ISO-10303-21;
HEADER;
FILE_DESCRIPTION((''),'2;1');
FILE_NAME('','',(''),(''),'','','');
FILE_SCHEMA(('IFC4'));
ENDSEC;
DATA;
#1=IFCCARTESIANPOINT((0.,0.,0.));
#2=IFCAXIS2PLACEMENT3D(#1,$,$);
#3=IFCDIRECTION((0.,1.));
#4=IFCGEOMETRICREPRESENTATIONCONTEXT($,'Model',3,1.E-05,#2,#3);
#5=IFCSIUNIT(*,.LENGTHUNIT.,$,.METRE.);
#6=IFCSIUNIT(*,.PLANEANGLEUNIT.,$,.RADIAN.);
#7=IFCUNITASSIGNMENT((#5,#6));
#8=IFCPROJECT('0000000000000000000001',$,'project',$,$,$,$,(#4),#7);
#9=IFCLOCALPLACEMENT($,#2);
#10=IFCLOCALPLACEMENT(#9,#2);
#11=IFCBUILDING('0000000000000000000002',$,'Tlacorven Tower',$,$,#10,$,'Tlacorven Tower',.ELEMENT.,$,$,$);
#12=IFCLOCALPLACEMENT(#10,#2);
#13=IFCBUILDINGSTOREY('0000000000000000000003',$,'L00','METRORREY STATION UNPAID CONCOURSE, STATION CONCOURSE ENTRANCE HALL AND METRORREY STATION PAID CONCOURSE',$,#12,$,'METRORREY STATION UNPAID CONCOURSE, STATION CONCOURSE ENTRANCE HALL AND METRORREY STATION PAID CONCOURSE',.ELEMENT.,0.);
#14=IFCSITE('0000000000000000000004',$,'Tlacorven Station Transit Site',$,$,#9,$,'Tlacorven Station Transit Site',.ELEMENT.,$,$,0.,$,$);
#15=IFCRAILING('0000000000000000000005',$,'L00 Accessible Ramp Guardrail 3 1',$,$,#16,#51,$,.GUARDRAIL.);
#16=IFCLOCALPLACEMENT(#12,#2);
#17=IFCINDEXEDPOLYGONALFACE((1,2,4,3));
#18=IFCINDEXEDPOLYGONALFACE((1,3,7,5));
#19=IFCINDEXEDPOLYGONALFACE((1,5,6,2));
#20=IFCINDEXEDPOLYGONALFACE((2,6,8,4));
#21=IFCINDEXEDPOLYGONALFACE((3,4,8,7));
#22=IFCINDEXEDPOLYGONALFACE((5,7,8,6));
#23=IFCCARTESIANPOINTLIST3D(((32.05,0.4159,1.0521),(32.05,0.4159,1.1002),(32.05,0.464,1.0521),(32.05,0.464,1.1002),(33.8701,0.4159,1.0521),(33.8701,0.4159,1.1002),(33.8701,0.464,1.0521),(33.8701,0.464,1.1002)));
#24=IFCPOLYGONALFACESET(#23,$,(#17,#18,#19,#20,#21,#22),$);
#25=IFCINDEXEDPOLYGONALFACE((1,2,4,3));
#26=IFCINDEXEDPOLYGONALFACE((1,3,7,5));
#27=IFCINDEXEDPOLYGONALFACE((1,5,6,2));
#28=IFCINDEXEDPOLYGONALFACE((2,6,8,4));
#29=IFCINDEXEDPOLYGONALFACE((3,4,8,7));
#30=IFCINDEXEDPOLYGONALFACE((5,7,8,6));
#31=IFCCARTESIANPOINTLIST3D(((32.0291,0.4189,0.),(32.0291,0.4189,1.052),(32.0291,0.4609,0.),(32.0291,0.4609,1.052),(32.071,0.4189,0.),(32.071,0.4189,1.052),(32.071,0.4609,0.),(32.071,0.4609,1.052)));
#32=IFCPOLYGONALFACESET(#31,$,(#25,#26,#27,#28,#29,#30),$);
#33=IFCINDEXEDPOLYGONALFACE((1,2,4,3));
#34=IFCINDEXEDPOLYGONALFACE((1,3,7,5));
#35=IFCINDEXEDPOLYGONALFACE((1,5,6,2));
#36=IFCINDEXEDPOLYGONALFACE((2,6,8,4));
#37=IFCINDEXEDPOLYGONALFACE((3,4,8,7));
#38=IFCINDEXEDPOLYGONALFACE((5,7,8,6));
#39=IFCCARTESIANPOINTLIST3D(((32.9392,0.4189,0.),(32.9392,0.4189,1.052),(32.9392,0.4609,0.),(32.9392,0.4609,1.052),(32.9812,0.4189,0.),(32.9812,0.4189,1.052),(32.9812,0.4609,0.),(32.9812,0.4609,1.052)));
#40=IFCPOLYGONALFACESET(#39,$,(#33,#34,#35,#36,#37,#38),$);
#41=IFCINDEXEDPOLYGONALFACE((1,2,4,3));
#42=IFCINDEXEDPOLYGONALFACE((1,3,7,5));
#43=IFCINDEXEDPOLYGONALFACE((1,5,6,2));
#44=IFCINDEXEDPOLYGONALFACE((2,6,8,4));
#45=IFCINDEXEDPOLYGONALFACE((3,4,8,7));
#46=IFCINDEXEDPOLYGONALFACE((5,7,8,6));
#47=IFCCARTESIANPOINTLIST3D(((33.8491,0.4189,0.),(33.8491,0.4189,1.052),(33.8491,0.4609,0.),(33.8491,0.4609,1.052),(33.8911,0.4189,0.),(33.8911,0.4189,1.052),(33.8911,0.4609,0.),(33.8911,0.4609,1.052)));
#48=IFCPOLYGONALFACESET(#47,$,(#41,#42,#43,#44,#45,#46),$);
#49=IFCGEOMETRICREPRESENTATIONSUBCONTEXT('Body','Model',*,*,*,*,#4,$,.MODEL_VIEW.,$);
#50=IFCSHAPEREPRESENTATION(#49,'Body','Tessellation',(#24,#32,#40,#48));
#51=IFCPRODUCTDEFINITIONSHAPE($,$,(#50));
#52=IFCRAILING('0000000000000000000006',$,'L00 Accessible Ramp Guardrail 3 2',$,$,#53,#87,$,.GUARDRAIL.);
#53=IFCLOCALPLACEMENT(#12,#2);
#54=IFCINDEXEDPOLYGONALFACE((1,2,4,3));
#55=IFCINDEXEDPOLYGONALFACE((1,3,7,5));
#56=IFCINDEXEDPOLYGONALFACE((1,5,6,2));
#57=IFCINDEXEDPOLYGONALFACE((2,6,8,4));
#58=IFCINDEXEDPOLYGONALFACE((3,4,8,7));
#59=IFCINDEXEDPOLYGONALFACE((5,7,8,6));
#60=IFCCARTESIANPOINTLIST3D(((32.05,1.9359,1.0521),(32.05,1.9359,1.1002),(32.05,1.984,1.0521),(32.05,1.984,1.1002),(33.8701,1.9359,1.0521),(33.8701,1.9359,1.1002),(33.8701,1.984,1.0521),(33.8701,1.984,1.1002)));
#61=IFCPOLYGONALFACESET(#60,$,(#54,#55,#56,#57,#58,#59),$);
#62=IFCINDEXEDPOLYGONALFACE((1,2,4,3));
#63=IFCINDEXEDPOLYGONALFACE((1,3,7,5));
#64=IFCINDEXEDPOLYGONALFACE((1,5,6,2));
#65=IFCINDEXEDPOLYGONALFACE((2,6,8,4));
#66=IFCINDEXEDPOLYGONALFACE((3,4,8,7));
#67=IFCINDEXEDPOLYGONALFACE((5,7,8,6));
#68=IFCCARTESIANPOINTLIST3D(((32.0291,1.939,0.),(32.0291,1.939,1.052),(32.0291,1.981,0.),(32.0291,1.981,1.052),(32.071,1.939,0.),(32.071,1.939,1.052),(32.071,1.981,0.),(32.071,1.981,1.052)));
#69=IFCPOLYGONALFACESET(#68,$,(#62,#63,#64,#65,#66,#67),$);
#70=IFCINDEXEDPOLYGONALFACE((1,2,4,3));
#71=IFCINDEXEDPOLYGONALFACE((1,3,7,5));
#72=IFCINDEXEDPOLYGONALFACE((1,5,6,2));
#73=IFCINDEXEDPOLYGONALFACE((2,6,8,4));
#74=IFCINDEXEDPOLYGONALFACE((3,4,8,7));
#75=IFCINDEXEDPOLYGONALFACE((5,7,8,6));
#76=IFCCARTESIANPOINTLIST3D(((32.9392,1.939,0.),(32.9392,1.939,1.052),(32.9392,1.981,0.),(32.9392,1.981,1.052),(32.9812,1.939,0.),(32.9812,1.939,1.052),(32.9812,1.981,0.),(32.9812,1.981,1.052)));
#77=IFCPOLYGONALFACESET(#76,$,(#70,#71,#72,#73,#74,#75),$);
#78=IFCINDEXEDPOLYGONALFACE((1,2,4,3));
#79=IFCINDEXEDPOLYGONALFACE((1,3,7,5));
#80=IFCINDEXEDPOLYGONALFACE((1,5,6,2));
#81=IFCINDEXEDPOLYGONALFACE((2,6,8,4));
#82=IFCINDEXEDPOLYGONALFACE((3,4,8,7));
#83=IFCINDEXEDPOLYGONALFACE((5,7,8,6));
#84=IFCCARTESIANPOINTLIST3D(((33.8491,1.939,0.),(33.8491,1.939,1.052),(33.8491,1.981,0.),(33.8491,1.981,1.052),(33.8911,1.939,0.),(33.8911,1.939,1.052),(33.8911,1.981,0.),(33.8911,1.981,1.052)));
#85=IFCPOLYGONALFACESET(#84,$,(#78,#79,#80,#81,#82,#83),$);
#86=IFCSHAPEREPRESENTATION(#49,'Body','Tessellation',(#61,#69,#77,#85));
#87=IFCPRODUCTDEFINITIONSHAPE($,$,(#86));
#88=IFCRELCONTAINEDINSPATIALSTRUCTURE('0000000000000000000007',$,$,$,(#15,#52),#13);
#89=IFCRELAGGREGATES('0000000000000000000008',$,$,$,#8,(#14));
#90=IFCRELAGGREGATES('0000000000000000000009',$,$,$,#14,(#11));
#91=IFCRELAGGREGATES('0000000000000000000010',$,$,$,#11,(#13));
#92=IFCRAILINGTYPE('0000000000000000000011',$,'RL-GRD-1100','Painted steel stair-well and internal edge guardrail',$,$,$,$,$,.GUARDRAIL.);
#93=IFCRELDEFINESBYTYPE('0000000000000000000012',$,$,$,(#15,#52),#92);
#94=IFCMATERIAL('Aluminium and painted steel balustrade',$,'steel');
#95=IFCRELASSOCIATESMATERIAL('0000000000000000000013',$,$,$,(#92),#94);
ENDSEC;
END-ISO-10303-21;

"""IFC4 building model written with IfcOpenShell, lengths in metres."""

from ifc_helpers import new_model, si_unit, direction, frame, origin, origin_2d, place, context, subcontext, project, spatial, rectangle, extrude, source, transform, mapped, material, type_object, element, save


model = new_model("IFC4")

# Units and contexts
model_context = context("Model", 3, precision=1e-05, world=origin(), true_north=direction((0.0, 1.0)))
body_context = subcontext(model_context, "Body", "Model", "MODEL_VIEW")
ifc_project = project(units=[si_unit("LENGTHUNIT", "METRE"), si_unit("PLANEANGLEUNIT", "RADIAN")], contexts=[model_context])

# Site, building, storey
site_placement = place(None, origin())
site = spatial("IfcSite", under=ifc_project, at=site_placement, Name="Tlacorven Station Transit Site", LongName="Tlacorven Station Transit Site", CompositionType="ELEMENT", RefElevation=0.0)
building_placement = place(site_placement, origin())
building = spatial("IfcBuilding", under=site, at=building_placement, Name="Tlacorven Tower", LongName="Tlacorven Tower", CompositionType="ELEMENT")
storey_placement = place(building_placement, origin())
storey = spatial("IfcBuildingStorey", under=building, at=storey_placement, Name="L00", Description="METRORREY STATION UNPAID CONCOURSE, STATION CONCOURSE ENTRANCE HALL AND METRORREY STATION PAID CONCOURSE", LongName="METRORREY STATION UNPAID CONCOURSE, STATION CONCOURSE ENTRANCE HALL AND METRORREY STATION PAID CONCOURSE", CompositionType="ELEMENT", Elevation=0.0)

# Railings
ifc_material_1 = material(Name="Aluminium and painted steel balustrade", Category="steel")
railing_type = type_object("IfcRailingType", Name="RL-GRD-1100", Description="Painted steel stair-well and internal edge guardrail", PredefinedType="GUARDRAIL", material=ifc_material_1)
shared_shape_1 = source(origin(), body_context, "Body", "SweptSolid", [
    extrude(rectangle(XDim=0.0481, YDim=0.0481, at=origin_2d()), frame((0.0, 0.0, 1.0762), z_axis=(1.0, 0.0, 0.0), x_axis=(0.0, 1.0, 0.0)), (0.0, 0.0, 1.0), 1.8201),
    extrude(rectangle(XDim=0.042, YDim=0.042, at=origin_2d()), origin(), (0.0, 0.0, 1.0), 1.052),
    extrude(rectangle(XDim=0.042, YDim=0.042, at=origin_2d()), frame((0.9102, 0.0, 0.0)), (0.0, 0.0, 1.0), 1.052),
    extrude(rectangle(XDim=0.042, YDim=0.042, at=origin_2d()), frame((1.8201, 0.0, 0.0)), (0.0, 0.0, 1.0), 1.052),
])
for number, where, name in (
    (1, (32.05, 0.4399, 0.0), "L00 Accessible Ramp Guardrail 3 1"),
    (2, (32.05, 1.96, 0.0), "L00 Accessible Ramp Guardrail 3 2"),
):
    element("IfcRailing", number, at=place(storey_placement, frame(where)), inside=storey, type_object=railing_type, Name=name, PredefinedType="GUARDRAIL", context=body_context, shape_type="MappedRepresentation", body=[
        mapped(shared_shape_1, transform((0.0, 0.0, 0.0), scale=1.0)),
    ])

save(model, "model.ifc")
